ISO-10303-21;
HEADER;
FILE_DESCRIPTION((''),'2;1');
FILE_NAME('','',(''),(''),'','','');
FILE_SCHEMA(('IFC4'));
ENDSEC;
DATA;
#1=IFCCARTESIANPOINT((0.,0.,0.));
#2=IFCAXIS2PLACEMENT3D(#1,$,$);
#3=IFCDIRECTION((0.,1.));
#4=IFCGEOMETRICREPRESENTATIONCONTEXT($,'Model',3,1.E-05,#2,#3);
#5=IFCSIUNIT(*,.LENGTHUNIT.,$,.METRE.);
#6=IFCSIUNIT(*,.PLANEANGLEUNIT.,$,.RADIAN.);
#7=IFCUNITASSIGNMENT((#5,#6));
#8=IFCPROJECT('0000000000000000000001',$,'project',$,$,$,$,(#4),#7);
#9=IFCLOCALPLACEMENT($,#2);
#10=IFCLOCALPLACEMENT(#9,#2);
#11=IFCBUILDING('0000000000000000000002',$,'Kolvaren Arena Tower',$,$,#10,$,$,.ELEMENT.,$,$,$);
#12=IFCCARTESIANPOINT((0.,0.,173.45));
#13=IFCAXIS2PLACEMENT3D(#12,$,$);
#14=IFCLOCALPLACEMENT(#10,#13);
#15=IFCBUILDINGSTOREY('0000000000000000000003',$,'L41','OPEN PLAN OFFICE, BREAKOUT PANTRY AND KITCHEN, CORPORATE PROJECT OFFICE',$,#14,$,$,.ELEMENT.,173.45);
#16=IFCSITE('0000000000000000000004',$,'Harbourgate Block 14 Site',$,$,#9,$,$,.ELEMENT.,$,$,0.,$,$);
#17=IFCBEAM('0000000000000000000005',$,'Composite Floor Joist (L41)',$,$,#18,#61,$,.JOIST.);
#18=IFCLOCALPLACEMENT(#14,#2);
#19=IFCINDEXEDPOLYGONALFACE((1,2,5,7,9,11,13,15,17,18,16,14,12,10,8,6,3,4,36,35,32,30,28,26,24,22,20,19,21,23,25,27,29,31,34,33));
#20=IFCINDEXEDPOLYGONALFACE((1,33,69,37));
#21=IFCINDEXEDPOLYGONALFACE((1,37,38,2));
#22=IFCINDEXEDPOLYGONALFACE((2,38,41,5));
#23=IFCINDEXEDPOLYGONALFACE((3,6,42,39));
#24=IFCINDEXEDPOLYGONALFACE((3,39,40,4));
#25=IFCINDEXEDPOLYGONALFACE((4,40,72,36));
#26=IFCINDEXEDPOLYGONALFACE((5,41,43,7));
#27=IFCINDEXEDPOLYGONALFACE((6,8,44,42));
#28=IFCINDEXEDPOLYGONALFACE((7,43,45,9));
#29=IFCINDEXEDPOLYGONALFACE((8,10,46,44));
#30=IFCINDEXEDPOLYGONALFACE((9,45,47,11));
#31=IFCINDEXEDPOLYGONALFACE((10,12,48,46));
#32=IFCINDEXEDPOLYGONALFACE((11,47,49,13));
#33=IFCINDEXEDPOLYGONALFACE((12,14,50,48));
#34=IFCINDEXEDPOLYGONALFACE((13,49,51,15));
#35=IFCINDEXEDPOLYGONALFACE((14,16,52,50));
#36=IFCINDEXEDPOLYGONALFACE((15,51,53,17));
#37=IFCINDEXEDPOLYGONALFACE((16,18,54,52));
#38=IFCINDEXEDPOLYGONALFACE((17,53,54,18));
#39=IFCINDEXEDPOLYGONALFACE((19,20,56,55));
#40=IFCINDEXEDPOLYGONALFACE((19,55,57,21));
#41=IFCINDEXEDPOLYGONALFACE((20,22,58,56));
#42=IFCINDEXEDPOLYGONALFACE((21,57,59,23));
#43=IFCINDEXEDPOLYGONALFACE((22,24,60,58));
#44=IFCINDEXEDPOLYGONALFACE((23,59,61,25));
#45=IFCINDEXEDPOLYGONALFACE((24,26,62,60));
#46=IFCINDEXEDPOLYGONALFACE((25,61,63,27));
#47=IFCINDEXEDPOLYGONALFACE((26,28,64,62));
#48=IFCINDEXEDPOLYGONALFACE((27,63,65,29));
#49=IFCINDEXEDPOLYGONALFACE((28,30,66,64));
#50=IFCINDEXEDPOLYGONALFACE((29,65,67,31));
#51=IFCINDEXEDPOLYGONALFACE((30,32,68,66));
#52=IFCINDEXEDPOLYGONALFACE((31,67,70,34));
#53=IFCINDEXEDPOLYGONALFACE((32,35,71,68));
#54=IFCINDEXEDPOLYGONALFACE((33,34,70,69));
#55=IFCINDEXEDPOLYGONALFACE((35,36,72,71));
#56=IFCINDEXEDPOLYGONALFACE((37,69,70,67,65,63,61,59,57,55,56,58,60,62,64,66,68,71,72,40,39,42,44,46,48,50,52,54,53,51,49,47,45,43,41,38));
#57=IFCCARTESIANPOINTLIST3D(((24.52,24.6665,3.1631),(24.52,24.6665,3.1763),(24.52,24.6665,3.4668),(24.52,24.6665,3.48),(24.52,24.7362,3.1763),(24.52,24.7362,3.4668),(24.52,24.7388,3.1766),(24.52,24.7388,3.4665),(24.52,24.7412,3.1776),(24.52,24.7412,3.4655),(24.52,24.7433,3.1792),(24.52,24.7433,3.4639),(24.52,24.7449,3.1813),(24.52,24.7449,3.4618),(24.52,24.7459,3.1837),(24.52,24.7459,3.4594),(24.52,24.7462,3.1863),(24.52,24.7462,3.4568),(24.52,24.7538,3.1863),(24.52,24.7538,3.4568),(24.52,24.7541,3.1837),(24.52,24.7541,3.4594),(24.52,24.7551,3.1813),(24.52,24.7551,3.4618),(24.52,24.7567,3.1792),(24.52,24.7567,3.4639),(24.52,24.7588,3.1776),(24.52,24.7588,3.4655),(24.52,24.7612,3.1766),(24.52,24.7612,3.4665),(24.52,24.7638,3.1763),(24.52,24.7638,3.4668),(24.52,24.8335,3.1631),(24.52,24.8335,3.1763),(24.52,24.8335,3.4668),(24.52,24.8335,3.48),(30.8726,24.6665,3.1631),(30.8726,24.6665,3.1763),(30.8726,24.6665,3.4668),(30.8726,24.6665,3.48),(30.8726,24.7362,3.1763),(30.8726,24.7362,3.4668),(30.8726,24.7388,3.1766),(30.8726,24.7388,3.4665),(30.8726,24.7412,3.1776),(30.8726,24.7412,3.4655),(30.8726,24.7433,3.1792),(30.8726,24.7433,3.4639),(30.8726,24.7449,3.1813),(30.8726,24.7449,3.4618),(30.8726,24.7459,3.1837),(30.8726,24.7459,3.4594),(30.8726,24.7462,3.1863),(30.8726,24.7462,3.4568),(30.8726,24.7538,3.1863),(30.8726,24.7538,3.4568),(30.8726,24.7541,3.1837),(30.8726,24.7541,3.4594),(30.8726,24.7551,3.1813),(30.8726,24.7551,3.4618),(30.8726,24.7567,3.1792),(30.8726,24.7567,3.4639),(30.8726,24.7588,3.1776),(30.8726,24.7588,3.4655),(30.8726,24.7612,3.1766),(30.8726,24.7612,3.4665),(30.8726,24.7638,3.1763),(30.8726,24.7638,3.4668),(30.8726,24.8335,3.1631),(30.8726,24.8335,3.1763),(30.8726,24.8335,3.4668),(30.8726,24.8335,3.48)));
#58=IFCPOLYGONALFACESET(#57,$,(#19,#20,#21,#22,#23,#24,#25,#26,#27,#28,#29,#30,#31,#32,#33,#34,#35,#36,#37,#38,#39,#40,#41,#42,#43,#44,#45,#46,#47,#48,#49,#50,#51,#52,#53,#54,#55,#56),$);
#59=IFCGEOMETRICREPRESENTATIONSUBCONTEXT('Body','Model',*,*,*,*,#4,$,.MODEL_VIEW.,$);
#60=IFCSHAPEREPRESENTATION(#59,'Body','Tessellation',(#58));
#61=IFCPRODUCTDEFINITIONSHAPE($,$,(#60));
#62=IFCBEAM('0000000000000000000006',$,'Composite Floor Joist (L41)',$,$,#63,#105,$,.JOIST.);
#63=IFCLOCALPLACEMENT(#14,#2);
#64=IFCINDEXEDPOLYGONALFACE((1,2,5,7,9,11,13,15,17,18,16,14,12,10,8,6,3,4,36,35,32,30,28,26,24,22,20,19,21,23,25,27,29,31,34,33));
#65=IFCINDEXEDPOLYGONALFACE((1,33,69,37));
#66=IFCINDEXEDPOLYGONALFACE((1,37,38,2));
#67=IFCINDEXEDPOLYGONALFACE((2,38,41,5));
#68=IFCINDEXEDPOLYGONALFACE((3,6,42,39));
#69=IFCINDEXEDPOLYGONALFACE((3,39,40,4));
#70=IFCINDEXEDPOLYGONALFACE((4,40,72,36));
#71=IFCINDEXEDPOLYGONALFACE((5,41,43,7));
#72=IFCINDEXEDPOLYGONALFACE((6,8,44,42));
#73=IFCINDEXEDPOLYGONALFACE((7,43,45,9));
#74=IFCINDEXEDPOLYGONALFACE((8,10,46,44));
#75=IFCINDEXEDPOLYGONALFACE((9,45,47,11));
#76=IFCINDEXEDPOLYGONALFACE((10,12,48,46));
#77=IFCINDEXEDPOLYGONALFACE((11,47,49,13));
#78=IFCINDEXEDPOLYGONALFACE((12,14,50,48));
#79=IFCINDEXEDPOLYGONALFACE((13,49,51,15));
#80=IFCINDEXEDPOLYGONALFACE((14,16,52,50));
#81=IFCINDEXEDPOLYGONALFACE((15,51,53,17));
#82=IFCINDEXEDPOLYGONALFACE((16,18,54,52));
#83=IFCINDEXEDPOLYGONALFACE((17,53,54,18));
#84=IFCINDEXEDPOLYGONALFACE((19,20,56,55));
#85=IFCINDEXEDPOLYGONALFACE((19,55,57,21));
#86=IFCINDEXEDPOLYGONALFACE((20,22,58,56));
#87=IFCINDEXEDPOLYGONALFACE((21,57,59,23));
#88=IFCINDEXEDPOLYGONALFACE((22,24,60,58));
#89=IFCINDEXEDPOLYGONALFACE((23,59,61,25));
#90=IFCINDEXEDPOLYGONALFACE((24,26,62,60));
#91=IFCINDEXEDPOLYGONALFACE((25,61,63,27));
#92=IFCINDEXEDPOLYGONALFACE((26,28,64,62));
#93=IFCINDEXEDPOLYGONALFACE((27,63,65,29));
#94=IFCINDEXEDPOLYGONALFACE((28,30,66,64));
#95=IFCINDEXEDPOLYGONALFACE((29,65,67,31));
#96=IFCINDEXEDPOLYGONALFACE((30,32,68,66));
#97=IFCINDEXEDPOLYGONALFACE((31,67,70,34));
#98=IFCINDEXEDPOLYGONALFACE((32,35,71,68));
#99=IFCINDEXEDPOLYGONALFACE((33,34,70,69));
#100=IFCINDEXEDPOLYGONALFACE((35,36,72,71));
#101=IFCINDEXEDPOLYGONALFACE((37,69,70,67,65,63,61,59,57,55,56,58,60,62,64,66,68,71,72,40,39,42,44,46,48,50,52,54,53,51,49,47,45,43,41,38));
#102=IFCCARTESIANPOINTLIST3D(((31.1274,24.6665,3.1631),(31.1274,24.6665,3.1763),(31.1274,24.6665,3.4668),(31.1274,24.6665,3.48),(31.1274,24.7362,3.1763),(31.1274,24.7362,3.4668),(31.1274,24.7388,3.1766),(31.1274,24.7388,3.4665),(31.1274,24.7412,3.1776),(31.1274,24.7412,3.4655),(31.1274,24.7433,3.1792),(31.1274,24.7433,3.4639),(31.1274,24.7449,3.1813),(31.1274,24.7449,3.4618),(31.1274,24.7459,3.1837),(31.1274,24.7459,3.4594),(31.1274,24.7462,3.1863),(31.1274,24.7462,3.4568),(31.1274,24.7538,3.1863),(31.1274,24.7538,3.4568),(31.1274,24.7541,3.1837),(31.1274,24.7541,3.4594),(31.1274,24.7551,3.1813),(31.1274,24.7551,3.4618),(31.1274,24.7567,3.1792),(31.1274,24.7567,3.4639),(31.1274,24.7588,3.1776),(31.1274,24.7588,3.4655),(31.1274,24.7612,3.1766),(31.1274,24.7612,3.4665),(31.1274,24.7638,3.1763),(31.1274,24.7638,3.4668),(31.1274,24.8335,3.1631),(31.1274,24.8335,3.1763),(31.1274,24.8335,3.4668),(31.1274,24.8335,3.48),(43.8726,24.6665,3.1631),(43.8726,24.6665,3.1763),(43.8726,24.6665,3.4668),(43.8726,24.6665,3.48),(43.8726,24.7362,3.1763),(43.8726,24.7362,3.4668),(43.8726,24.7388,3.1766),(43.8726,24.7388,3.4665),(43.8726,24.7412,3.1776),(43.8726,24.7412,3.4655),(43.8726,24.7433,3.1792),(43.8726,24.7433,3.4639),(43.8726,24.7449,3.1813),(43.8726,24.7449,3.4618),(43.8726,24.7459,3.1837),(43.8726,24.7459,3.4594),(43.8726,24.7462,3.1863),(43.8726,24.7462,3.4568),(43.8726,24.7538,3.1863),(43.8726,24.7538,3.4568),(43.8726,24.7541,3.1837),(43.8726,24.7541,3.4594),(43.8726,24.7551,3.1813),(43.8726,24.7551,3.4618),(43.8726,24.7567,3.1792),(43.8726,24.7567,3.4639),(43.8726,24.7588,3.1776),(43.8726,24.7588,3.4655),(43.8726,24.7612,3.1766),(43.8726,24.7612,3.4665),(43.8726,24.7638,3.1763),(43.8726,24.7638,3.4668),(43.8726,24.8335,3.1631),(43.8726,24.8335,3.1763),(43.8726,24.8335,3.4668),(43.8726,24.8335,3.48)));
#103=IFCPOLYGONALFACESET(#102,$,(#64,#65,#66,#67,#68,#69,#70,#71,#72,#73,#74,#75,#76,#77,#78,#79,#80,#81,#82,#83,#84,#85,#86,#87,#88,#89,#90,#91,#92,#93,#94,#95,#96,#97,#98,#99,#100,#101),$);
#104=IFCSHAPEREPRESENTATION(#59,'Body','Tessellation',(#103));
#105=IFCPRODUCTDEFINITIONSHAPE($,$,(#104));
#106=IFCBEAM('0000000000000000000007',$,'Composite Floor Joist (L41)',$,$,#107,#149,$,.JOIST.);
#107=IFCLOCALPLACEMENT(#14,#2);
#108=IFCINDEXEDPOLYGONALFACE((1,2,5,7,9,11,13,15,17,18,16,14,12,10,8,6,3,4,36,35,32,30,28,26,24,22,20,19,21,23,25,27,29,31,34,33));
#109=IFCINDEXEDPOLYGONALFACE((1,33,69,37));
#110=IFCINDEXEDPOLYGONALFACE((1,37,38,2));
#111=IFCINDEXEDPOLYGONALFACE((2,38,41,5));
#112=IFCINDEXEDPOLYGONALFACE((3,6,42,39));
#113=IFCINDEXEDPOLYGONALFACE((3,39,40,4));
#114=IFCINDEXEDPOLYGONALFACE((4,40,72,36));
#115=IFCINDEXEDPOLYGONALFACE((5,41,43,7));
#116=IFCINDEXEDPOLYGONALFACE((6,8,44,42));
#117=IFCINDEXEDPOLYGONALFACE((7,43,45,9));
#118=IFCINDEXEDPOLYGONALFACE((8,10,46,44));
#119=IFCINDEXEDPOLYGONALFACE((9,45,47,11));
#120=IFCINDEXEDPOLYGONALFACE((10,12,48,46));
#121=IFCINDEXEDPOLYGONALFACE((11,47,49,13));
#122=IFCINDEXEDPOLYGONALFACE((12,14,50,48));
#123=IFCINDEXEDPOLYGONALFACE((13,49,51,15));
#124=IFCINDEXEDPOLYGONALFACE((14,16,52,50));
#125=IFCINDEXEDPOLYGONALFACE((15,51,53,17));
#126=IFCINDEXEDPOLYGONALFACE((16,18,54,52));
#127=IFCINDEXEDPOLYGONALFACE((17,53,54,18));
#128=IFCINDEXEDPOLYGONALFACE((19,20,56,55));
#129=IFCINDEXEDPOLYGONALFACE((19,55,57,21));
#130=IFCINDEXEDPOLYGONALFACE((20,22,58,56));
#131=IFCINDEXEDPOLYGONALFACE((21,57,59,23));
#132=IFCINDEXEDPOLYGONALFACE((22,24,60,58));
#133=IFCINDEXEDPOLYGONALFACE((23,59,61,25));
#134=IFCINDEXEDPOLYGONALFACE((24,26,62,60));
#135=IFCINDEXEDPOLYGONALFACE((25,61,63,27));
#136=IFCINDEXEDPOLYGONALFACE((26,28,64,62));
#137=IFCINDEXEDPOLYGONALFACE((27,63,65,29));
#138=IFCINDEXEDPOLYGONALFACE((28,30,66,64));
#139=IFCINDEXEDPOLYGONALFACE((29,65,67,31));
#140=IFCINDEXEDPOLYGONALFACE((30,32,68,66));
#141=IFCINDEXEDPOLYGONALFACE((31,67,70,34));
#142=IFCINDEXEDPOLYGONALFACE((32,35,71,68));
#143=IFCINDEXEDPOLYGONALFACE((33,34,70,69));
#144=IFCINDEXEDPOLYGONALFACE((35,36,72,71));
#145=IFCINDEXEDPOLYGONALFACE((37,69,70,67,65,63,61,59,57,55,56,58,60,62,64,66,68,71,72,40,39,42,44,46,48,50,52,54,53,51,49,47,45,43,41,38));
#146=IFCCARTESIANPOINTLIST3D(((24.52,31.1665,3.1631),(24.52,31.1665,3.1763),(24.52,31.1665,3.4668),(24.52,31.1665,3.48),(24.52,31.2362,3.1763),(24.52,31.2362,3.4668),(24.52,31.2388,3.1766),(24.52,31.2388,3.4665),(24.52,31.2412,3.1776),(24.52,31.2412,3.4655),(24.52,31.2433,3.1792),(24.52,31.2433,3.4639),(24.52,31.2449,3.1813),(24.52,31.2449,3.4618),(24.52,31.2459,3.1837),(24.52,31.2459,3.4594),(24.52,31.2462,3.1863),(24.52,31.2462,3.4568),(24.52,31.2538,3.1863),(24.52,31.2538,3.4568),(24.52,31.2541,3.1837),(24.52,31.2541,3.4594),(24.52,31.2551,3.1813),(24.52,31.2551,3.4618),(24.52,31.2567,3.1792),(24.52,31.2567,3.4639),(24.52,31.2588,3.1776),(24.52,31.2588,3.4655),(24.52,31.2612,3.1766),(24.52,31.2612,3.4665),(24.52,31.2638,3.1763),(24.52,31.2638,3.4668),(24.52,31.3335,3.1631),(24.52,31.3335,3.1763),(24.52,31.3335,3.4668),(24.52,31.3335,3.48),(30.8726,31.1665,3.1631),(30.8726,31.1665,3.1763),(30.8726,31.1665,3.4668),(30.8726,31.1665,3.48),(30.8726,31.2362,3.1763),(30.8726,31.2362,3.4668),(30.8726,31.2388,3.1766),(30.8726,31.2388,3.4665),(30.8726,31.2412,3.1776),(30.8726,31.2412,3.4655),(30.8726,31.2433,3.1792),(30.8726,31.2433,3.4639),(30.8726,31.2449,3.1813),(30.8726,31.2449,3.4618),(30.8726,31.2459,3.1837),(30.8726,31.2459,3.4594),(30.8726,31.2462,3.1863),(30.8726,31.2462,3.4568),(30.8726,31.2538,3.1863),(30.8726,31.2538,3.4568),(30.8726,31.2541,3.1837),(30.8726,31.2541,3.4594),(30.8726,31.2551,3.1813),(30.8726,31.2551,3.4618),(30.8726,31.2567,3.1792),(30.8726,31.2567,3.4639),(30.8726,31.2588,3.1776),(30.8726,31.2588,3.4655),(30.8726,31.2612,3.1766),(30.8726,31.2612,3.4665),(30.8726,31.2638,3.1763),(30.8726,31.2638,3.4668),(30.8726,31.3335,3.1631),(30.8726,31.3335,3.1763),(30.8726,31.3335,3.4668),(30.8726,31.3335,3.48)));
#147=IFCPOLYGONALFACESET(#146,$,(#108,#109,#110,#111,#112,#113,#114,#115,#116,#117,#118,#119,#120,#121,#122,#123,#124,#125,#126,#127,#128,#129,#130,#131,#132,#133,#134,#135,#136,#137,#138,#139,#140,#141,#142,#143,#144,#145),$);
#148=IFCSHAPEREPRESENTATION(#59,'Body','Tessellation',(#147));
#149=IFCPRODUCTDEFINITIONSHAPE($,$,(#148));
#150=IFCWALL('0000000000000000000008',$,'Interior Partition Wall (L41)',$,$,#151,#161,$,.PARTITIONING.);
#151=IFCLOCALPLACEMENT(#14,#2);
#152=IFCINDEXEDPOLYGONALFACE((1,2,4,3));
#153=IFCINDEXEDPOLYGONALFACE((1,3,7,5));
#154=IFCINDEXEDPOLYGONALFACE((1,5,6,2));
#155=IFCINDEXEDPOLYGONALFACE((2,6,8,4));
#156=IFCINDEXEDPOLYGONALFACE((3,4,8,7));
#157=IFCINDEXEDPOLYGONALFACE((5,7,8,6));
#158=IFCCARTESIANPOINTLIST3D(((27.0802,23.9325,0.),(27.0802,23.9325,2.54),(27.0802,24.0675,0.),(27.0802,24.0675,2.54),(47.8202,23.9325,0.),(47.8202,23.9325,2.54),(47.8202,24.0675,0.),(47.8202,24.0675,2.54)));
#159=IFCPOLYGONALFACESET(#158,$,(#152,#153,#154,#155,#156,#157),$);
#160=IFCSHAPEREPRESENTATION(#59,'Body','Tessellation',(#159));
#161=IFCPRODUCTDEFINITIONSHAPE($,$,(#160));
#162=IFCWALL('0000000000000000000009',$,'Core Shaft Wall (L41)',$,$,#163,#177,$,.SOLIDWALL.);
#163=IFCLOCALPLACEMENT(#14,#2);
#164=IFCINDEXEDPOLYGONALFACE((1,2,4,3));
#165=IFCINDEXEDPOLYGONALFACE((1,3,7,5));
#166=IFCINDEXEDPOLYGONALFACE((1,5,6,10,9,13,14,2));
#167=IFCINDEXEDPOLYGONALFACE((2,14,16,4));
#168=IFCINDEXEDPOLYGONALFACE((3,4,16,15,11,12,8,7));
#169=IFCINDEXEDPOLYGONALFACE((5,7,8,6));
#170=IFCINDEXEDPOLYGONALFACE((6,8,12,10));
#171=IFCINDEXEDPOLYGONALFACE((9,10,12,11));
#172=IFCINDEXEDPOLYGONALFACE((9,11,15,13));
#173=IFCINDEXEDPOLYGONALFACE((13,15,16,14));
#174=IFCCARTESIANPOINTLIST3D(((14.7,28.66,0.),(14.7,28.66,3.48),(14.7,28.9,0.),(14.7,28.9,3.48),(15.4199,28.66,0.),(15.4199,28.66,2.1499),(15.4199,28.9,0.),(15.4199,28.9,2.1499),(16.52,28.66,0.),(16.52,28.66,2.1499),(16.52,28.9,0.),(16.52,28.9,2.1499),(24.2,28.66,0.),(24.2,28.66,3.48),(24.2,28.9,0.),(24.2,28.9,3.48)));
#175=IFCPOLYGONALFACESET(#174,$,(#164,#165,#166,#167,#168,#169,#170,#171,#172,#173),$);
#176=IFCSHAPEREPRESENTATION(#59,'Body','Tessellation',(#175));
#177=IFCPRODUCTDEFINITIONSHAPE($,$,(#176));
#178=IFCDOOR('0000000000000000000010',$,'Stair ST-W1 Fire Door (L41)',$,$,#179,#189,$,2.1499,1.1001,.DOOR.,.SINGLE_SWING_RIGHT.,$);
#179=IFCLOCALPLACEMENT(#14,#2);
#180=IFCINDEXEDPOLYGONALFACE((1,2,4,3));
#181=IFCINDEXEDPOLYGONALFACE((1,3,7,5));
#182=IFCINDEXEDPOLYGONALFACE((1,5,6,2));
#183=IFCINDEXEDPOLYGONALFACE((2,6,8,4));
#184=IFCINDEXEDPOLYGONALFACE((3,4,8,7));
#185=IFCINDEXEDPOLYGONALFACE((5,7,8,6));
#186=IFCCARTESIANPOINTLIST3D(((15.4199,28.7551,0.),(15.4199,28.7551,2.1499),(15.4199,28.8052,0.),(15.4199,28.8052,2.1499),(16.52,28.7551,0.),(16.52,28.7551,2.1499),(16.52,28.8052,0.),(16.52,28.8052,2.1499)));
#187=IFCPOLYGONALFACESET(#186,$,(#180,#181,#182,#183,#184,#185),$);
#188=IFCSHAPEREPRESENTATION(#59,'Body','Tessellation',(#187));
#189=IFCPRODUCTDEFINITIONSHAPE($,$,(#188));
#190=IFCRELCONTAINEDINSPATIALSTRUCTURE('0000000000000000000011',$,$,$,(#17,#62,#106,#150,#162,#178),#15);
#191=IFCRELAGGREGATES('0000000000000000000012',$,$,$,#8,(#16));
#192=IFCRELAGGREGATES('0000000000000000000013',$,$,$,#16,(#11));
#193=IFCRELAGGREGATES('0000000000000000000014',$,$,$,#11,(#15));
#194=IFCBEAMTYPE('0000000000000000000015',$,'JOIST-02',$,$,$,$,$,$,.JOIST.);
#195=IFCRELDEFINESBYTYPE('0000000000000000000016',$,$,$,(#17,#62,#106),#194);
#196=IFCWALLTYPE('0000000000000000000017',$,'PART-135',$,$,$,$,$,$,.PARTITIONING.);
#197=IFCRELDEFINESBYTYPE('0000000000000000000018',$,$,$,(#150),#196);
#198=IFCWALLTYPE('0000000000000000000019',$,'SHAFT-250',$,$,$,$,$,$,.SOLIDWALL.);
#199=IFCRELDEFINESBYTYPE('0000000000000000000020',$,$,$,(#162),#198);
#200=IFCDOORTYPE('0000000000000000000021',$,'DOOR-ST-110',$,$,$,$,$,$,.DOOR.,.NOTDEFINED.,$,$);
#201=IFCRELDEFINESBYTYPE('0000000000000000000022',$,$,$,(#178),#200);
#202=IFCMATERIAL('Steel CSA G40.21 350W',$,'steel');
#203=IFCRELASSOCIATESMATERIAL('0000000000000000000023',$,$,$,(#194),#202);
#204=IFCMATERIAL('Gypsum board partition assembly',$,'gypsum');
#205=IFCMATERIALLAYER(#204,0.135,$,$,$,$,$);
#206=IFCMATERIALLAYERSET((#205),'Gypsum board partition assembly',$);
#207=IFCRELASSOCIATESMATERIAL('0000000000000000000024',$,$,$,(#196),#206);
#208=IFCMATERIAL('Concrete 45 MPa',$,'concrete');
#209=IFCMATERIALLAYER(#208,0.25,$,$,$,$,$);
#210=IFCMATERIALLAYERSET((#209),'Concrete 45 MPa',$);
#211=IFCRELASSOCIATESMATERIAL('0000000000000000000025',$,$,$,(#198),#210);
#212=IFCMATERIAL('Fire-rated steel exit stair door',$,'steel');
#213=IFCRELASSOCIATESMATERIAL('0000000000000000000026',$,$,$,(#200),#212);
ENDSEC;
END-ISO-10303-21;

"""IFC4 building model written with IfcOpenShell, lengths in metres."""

from ifc_helpers import new_model, si_unit, direction, frame, frame_2d, origin, origin_2d, place, context, subcontext, project, spatial, rectangle, i_section, extrude, material, layer, layer_set, material_profile, profile_set, type_object, element, fill, save


model = new_model("IFC4")

# Units and contexts
model_context = context("Model", 3, precision=1e-05, world=origin(), true_north=direction((0.0, 1.0)))
body_context = subcontext(model_context, "Body", "Model", "MODEL_VIEW")
ifc_project = project(units=[si_unit("LENGTHUNIT", "METRE"), si_unit("PLANEANGLEUNIT", "RADIAN")], contexts=[model_context])

# Site, building, storey
site_placement = place(None, origin())
site = spatial("IfcSite", under=ifc_project, at=site_placement, Name="Harbourgate Block 14 Site", CompositionType="ELEMENT", RefElevation=0.0)
building_placement = place(site_placement, origin())
building = spatial("IfcBuilding", under=site, at=building_placement, Name="Kolvaren Arena Tower", CompositionType="ELEMENT")
storey_placement = place(building_placement, frame((0.0, 0.0, 173.45)))
storey = spatial("IfcBuildingStorey", under=building, at=storey_placement, Name="L41", Description="OPEN PLAN OFFICE, BREAKOUT PANTRY AND KITCHEN, CORPORATE PROJECT OFFICE", CompositionType="ELEMENT", Elevation=173.45)

# Beams
ifc_material_1 = material(Name="Steel CSA G40.21 350W", Category="steel")
ifc_material_profile_1 = material_profile(ifc_material_1, i_section(OverallWidth=0.167, OverallDepth=0.3169, WebThickness=0.0076, FlangeThickness=0.0132, FilletRadius=0.01, at=origin_2d()), Name="W310x52")
ifc_profile_set_1 = profile_set([ifc_material_profile_1], Name="Steel CSA G40.21 350W")
beam_type_1 = type_object("IfcBeamType", Name="JOIST-02", PredefinedType="JOIST", material=ifc_profile_set_1)
beam_1_placement = place(storey_placement, frame((24.52, 24.75, 3.3215), z_axis=(1.0, 0.0, 0.0), x_axis=(0.0, 1.0, 0.0)))
element("IfcBeam", 1, at=beam_1_placement, inside=storey, type_object=beam_type_1, Name="Composite Floor Joist (L41)", PredefinedType="JOIST", context=body_context, shape_type="SweptSolid", body=[
    extrude(i_section(OverallWidth=0.167, OverallDepth=0.3169, WebThickness=0.0076, FlangeThickness=0.0132, FilletRadius=0.01, at=origin_2d()), origin(), (0.0, 0.0, 1.0), 6.3525),
])
beam_2_placement = place(storey_placement, frame((31.1274, 24.75, 3.3215), z_axis=(1.0, 0.0, 0.0), x_axis=(0.0, 1.0, 0.0)))
element("IfcBeam", 2, at=beam_2_placement, inside=storey, type_object=beam_type_1, Name="Composite Floor Joist (L41)", PredefinedType="JOIST", context=body_context, shape_type="SweptSolid", body=[
    extrude(i_section(OverallWidth=0.167, OverallDepth=0.3169, WebThickness=0.0076, FlangeThickness=0.0132, FilletRadius=0.01, at=origin_2d()), origin(), (0.0, 0.0, 1.0), 12.7451),
])
beam_3_placement = place(storey_placement, frame((24.52, 31.25, 3.3215), z_axis=(1.0, 0.0, 0.0), x_axis=(0.0, 1.0, 0.0)))
element("IfcBeam", 3, at=beam_3_placement, inside=storey, type_object=beam_type_1, Name="Composite Floor Joist (L41)", PredefinedType="JOIST", context=body_context, shape_type="SweptSolid", body=[
    extrude(i_section(OverallWidth=0.167, OverallDepth=0.3169, WebThickness=0.0076, FlangeThickness=0.0132, FilletRadius=0.01, at=origin_2d()), origin(), (0.0, 0.0, 1.0), 6.3525),
])

# Wall
ifc_material_2 = material(Name="Gypsum board partition assembly", Category="gypsum")
ifc_layer_1 = layer(ifc_material_2, 0.135)
ifc_layer_set_1 = layer_set([ifc_layer_1], Name="Gypsum board partition assembly")
wall_type_1 = type_object("IfcWallType", Name="PART-135", PredefinedType="PARTITIONING", material=ifc_layer_set_1)
wall_1_placement = place(storey_placement, frame((27.0801, 24.0, 0.0), z_axis=(0.0, 0.0, 1.0), x_axis=(1.0, 0.0, 0.0)))
element("IfcWall", 4, at=wall_1_placement, inside=storey, type_object=wall_type_1, Name="Interior Partition Wall (L41)", PredefinedType="PARTITIONING", context=body_context, shape_type="SweptSolid", body=[
    extrude(rectangle(XDim=20.74, YDim=0.135, at=frame_2d((10.3701, 0.0))), origin(), (0.0, 0.0, 1.0), 2.54),
])

# Wall, opening, door
ifc_material_3 = material(Name="Concrete 45 MPa", Category="concrete")
ifc_layer_2 = layer(ifc_material_3, 0.25)
ifc_layer_set_2 = layer_set([ifc_layer_2], Name="Concrete 45 MPa")
wall_type_2 = type_object("IfcWallType", Name="SHAFT-250", PredefinedType="SOLIDWALL", material=ifc_layer_set_2)
wall_2_placement = place(storey_placement, frame((24.2, 28.78, 0.0), z_axis=(0.0, 0.0, 1.0), x_axis=(-1.0, 0.0, 0.0)))
wall_2 = element("IfcWall", 5, at=wall_2_placement, inside=storey, type_object=wall_type_2, Name="Core Shaft Wall (L41)", PredefinedType="SOLIDWALL", context=body_context, shape_type="SweptSolid", body=[
    extrude(rectangle(XDim=9.5, YDim=0.24, at=frame_2d((4.75, 0.0))), origin(), (0.0, 0.0, 1.0), 3.48),
])
opening_placement = place(wall_2_placement, frame((7.6799, 0.0, 0.0)))
opening = element("IfcOpeningElement", 6, at=opening_placement, cuts=wall_2, PredefinedType="OPENING", context=body_context, shape_type="SweptSolid", body=[
    extrude(rectangle(XDim=1.1001, YDim=2.1499, at=frame_2d((0.55, 1.075))), frame((0.0, 0.1299, 0.0), z_axis=(0.0, -1.0, 0.0), x_axis=(1.0, 0.0, 0.0)), (0.0, 0.0, 1.0), 0.26),
])
ifc_material_4 = material(Name="Fire-rated steel exit stair door", Category="steel")
door_type = type_object("IfcDoorType", Name="DOOR-ST-110", OperationType="NOTDEFINED", PredefinedType="DOOR", material=ifc_material_4)
door_placement = place(opening_placement, origin())
door = element("IfcDoor", 7, at=door_placement, inside=storey, type_object=door_type, Name="Stair ST-W1 Fire Door (L41)", OperationType="SINGLE_SWING_RIGHT", OverallHeight=2.1499, OverallWidth=1.1001, PredefinedType="DOOR", context=body_context, shape_type="SweptSolid", body=[
    extrude(rectangle(XDim=1.1001, YDim=2.1499, at=frame_2d((0.55, 1.075))), frame((0.0, 0.0249, 0.0), z_axis=(0.0, -1.0, 0.0), x_axis=(1.0, 0.0, 0.0)), (0.0, 0.0, 1.0), 0.05),
])
fill(opening, door)

save(model, "model.ifc")
